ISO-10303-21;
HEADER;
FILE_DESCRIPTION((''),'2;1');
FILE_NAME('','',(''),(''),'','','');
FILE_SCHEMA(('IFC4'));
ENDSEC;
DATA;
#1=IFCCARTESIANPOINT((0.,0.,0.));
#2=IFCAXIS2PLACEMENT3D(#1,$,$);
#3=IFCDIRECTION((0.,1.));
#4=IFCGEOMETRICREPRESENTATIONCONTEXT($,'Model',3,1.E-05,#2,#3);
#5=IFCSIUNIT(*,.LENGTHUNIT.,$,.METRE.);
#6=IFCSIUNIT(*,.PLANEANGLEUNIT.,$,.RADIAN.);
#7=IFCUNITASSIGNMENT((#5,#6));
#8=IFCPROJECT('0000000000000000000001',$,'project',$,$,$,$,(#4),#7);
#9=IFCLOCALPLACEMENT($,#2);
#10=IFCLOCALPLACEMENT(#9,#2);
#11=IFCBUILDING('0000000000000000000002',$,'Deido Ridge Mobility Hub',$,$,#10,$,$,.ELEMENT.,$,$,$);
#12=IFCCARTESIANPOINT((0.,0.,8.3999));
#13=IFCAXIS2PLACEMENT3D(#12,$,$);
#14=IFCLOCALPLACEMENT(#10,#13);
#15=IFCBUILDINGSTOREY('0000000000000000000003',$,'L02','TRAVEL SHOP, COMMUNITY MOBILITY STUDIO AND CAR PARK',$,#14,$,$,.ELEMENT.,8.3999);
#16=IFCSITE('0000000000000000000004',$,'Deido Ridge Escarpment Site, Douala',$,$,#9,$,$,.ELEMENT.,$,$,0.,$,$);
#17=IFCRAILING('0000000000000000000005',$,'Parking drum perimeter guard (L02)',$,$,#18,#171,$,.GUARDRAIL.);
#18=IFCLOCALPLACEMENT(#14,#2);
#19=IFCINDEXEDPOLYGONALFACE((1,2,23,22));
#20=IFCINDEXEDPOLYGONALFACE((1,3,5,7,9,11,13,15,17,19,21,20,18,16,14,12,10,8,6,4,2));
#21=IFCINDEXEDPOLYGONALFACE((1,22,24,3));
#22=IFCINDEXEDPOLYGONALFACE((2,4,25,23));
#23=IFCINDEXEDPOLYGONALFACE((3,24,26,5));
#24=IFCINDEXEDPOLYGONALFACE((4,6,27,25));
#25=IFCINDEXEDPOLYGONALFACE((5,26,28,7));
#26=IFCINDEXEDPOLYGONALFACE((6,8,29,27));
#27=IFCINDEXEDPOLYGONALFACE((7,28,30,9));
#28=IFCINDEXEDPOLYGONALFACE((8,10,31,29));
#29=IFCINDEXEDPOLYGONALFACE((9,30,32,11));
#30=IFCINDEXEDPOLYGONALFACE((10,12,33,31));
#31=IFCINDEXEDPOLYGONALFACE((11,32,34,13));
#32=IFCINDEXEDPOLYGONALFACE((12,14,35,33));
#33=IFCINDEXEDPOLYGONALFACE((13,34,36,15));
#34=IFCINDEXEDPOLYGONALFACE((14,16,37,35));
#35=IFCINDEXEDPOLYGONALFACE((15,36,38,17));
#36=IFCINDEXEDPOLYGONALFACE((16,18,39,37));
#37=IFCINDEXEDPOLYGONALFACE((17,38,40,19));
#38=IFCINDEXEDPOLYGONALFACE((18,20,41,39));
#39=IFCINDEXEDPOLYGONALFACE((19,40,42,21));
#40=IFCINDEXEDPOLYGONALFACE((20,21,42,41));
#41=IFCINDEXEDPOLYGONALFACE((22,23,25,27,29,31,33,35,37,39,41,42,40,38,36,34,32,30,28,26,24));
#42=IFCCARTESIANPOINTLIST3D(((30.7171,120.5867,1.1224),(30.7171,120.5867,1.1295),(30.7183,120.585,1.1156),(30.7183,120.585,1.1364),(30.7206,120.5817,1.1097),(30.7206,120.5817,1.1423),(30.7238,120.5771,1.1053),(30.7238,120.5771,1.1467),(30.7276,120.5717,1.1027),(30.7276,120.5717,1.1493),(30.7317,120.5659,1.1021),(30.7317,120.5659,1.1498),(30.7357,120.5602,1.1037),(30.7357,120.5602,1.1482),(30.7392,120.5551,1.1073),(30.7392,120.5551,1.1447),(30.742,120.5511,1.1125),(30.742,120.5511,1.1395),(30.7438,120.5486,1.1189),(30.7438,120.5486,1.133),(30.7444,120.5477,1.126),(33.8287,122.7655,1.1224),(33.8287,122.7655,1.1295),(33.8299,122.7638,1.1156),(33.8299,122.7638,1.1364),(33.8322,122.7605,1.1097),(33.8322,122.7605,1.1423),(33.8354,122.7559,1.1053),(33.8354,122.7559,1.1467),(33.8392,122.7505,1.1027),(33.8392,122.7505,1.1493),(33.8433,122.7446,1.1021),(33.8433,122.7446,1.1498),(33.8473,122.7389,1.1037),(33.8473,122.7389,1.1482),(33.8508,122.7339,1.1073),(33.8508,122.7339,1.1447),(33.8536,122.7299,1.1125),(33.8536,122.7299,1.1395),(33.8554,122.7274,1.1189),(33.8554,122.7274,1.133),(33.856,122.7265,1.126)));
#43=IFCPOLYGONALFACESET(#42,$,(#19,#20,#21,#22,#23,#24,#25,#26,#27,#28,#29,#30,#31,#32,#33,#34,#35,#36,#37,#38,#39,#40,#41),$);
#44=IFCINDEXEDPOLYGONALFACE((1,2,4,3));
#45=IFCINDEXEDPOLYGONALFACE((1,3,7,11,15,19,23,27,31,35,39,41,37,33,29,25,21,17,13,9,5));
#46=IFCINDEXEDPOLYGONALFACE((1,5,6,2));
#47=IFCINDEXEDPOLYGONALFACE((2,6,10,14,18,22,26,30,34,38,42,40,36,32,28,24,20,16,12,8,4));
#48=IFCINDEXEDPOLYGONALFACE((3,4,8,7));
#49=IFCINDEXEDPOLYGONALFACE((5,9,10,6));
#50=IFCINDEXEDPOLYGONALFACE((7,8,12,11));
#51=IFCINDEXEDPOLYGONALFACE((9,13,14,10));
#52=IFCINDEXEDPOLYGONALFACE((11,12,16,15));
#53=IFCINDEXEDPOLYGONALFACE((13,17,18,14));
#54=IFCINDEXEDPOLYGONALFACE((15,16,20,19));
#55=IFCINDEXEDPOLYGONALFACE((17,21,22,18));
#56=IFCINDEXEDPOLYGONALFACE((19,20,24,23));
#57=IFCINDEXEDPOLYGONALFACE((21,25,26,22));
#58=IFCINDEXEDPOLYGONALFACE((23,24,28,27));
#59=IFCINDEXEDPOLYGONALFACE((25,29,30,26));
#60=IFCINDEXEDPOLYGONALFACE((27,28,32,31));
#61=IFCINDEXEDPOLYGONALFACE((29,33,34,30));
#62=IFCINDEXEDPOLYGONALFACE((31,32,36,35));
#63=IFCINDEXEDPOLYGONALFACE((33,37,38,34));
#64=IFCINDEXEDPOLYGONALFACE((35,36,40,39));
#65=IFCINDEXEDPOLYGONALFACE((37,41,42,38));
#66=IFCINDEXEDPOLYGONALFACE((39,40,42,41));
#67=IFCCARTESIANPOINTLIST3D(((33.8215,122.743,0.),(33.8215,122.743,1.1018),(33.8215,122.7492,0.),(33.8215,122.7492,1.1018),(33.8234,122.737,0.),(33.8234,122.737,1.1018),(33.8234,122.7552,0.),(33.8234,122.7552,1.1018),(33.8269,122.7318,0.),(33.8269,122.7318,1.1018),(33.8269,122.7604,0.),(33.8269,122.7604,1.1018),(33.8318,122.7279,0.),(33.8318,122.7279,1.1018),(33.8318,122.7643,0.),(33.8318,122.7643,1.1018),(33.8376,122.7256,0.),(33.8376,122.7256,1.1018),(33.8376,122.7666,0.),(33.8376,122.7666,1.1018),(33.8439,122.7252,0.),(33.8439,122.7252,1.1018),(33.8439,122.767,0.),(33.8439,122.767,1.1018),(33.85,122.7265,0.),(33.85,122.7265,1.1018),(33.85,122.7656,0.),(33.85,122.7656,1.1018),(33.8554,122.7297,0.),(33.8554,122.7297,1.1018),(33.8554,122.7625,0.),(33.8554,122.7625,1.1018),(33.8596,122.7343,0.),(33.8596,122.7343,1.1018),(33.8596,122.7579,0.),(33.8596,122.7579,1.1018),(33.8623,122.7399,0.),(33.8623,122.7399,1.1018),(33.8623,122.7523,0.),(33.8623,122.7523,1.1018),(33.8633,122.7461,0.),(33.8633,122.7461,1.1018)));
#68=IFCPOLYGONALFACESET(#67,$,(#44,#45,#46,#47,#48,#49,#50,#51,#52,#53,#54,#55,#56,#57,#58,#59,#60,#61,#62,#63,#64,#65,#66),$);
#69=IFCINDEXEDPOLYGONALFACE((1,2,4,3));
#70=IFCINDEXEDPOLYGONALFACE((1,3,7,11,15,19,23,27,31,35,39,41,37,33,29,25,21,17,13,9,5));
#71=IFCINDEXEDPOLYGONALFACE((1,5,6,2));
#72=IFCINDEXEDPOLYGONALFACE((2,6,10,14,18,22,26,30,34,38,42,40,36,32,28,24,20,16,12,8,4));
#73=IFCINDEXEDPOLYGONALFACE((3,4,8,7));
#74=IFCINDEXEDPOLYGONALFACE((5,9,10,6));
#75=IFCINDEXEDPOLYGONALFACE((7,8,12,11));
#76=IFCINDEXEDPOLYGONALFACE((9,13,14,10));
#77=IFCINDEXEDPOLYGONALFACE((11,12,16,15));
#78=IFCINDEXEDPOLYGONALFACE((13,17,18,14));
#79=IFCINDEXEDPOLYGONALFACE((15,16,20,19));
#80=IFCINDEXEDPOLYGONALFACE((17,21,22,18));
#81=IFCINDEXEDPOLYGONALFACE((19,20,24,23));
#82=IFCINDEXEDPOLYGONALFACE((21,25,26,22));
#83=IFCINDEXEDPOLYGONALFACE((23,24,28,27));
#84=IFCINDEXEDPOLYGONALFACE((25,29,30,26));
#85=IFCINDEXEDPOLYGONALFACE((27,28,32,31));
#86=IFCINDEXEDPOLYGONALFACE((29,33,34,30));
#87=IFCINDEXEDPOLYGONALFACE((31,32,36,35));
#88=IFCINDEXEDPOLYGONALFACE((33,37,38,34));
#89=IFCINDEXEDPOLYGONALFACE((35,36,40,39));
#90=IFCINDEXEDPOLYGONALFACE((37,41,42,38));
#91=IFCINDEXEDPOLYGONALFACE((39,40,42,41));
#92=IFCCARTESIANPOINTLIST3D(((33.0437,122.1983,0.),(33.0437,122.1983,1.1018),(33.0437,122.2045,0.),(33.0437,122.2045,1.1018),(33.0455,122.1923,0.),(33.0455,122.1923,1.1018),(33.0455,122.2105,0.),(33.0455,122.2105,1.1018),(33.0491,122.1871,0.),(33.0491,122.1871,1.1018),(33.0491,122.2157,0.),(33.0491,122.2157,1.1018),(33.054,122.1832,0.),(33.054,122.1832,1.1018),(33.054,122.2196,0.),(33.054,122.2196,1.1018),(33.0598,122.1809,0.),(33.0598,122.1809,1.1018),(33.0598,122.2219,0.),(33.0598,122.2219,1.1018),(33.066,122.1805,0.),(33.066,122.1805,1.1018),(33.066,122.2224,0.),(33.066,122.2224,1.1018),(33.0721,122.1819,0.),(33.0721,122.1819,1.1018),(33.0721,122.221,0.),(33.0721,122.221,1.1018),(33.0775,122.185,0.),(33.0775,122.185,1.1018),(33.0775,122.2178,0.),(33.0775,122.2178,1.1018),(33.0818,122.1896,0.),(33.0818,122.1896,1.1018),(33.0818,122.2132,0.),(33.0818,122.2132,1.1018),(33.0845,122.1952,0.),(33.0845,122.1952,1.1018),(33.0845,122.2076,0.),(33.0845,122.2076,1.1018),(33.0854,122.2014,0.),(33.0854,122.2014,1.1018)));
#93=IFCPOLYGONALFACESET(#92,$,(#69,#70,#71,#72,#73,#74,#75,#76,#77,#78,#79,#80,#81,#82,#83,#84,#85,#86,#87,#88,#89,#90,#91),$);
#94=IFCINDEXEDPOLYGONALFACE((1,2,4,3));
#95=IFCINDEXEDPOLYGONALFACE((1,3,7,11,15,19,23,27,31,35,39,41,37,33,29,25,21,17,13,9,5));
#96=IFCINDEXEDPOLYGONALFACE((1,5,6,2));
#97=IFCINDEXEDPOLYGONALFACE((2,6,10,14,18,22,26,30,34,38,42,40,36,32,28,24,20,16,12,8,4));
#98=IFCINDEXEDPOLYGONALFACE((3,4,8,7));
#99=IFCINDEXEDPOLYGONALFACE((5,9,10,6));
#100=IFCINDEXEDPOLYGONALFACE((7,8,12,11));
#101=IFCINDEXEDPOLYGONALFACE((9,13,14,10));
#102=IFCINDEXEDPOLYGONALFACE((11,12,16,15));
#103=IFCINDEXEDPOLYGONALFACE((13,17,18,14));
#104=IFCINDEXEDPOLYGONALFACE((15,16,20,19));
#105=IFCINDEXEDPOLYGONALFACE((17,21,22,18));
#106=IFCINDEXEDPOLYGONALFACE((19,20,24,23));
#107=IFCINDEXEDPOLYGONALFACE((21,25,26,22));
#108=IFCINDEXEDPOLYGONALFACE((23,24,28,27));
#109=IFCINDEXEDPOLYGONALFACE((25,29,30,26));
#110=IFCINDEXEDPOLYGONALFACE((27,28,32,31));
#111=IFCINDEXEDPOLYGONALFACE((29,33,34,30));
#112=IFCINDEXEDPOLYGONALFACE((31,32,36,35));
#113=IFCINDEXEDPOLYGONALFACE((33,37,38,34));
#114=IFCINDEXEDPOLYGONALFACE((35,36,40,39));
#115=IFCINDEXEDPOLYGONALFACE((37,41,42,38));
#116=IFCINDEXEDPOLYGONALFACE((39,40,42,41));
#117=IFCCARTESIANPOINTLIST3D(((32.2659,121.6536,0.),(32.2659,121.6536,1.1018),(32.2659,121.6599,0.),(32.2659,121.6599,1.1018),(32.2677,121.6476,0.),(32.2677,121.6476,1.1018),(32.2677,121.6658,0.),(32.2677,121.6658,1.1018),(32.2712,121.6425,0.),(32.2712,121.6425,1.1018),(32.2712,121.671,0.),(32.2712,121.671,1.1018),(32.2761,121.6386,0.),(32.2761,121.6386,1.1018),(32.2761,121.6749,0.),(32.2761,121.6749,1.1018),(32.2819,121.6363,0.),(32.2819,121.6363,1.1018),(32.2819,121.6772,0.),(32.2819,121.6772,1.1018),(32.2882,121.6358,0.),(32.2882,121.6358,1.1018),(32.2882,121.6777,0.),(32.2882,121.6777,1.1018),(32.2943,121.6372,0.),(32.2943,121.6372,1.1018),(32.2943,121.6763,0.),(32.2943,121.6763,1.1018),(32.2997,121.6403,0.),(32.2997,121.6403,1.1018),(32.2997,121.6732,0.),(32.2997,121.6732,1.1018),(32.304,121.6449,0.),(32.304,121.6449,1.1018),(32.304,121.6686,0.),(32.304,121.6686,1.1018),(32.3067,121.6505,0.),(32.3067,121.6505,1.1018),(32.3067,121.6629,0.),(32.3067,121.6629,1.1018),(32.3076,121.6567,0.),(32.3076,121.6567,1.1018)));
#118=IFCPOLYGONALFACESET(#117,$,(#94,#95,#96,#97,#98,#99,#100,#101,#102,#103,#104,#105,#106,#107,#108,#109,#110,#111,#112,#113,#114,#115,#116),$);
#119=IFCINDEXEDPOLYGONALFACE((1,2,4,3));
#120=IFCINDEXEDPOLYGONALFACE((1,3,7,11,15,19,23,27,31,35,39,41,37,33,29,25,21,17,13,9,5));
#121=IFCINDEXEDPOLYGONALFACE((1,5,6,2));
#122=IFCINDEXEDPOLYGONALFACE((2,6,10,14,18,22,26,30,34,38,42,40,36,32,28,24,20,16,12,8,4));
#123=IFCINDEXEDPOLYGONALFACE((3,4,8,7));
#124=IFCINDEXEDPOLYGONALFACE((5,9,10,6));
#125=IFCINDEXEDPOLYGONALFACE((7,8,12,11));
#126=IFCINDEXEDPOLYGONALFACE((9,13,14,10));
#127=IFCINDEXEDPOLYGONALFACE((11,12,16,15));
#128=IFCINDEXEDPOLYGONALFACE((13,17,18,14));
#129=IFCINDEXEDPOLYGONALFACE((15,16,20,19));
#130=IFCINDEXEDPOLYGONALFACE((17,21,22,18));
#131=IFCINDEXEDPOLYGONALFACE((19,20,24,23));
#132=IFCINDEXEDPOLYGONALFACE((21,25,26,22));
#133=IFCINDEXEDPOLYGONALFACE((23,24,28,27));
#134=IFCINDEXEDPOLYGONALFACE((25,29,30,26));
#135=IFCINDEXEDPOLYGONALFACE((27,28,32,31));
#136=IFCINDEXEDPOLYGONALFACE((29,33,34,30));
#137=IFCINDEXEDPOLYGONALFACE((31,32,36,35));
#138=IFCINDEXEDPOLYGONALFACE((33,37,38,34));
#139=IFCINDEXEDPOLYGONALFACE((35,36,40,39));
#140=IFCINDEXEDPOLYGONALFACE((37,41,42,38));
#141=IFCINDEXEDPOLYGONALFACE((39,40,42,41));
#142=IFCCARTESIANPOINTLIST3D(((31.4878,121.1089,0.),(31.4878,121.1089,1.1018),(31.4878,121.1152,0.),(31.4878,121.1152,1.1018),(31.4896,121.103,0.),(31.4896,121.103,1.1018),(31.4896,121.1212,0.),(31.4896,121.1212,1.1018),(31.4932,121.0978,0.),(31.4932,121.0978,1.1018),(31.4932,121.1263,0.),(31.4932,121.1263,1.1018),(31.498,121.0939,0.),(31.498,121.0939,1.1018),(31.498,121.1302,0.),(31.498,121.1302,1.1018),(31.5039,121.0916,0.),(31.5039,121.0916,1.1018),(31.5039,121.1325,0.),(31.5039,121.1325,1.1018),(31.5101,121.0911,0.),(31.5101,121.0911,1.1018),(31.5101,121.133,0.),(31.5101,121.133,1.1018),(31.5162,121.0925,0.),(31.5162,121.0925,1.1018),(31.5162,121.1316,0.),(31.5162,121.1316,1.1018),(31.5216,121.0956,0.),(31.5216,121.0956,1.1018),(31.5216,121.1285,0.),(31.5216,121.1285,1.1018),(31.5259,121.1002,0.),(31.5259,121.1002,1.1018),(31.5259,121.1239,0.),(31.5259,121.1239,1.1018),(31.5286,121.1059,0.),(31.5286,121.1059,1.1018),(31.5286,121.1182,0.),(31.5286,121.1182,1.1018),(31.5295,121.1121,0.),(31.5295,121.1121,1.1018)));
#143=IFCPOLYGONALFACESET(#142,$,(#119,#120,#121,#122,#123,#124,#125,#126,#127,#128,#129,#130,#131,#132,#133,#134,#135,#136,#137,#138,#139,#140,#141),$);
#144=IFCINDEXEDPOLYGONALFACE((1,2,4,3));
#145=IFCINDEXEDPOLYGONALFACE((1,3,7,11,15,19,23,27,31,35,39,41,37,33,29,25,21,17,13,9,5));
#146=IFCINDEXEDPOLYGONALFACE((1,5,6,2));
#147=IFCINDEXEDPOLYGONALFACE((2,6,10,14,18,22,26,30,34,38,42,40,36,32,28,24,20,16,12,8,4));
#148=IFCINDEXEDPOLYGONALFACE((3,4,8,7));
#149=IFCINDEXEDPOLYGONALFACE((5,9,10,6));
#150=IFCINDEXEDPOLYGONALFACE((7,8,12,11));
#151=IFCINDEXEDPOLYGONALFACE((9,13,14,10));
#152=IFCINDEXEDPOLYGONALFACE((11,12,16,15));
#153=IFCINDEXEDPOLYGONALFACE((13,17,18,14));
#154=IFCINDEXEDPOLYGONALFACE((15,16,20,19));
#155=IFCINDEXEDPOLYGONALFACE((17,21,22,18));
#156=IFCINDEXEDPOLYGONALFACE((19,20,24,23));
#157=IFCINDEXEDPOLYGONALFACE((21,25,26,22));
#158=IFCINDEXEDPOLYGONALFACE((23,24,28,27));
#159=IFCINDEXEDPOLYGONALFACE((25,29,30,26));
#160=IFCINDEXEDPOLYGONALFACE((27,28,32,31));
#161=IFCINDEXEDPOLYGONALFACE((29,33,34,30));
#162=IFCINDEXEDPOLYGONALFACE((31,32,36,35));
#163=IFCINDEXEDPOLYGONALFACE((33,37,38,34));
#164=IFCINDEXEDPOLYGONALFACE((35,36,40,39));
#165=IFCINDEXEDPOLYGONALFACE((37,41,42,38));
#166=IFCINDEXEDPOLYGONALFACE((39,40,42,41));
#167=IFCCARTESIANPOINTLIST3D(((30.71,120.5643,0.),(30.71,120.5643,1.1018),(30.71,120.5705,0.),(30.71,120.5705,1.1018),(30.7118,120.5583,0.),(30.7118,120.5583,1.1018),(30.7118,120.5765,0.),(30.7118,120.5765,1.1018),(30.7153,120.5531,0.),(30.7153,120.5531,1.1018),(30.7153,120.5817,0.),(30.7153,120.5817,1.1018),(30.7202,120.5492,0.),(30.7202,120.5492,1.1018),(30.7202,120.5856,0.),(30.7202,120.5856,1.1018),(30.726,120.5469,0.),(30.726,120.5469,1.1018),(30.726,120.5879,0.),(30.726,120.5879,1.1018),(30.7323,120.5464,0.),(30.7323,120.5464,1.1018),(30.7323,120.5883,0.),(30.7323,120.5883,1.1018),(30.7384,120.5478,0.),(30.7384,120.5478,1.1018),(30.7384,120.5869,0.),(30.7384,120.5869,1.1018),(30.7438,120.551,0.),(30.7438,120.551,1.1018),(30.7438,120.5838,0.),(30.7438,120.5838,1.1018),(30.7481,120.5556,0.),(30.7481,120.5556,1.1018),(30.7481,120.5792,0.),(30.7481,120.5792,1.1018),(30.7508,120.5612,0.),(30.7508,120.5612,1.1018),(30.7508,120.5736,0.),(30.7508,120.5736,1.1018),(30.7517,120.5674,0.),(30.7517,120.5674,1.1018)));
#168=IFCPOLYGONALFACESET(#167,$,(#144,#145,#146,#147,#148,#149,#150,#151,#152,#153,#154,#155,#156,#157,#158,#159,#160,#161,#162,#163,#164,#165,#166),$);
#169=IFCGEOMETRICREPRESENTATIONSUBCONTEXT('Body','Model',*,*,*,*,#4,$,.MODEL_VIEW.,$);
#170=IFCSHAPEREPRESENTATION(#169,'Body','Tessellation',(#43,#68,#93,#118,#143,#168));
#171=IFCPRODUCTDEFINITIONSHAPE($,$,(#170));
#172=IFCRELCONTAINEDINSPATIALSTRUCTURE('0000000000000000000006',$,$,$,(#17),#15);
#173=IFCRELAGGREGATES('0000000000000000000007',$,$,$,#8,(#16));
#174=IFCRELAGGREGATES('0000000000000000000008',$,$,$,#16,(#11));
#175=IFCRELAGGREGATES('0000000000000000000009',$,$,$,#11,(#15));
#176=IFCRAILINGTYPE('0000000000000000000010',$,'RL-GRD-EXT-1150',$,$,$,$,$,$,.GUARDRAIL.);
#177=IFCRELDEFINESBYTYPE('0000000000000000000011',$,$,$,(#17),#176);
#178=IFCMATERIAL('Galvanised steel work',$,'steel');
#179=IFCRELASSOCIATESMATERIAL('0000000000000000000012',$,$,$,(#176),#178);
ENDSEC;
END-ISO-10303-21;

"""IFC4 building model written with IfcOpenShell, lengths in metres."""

from ifc_helpers import new_model, si_unit, direction, frame, origin, origin_2d, place, context, subcontext, project, spatial, circle, extrude, material, type_object, element, save


model = new_model("IFC4")

# Units and contexts
model_context = context("Model", 3, precision=1e-05, world=origin(), true_north=direction((0.0, 1.0)))
body_context = subcontext(model_context, "Body", "Model", "MODEL_VIEW")
ifc_project = project(units=[si_unit("LENGTHUNIT", "METRE"), si_unit("PLANEANGLEUNIT", "RADIAN")], contexts=[model_context])

# Site, building, storey
site_placement = place(None, origin())
site = spatial("IfcSite", under=ifc_project, at=site_placement, Name="Deido Ridge Escarpment Site, Douala", CompositionType="ELEMENT", RefElevation=0.0)
building_placement = place(site_placement, origin())
building = spatial("IfcBuilding", under=site, at=building_placement, Name="Deido Ridge Mobility Hub", CompositionType="ELEMENT")
storey_placement = place(building_placement, frame((0.0, 0.0, 8.3999)))
storey = spatial("IfcBuildingStorey", under=building, at=storey_placement, Name="L02", Description="TRAVEL SHOP, COMMUNITY MOBILITY STUDIO AND CAR PARK", CompositionType="ELEMENT", Elevation=8.3999)

# Railing
ifc_material_1 = material(Name="Galvanised steel work", Category="steel")
railing_type = type_object("IfcRailingType", Name="RL-GRD-EXT-1150", PredefinedType="GUARDRAIL", material=ifc_material_1)
railing_1_placement = place(storey_placement, frame((33.8423, 122.7461, 0.0)))
element("IfcRailing", 1, at=railing_1_placement, inside=storey, type_object=railing_type, Name="Parking drum perimeter guard (L02)", PredefinedType="GUARDRAIL", context=body_context, shape_type="SweptSolid", body=[
    extrude(circle(Radius=0.0239, at=origin_2d()), frame((0.0, 0.0, 1.126), z_axis=(-0.819156, -0.57357, 0.0), x_axis=(0.57357, -0.819156, 0.0)), (0.0, 0.0, 1.0), 3.7986),
    extrude(circle(Radius=0.021, at=origin_2d()), origin(), (0.0, 0.0, 1.0), 1.1018),
    extrude(circle(Radius=0.021, at=origin_2d()), frame((-0.7778, -0.5447, 0.0)), (0.0, 0.0, 1.0), 1.1018),
    extrude(circle(Radius=0.021, at=origin_2d()), frame((-1.5557, -1.0894, 0.0)), (0.0, 0.0, 1.0), 1.1018),
    extrude(circle(Radius=0.021, at=origin_2d()), frame((-2.3337, -1.634, 0.0)), (0.0, 0.0, 1.0), 1.1018),
    extrude(circle(Radius=0.021, at=origin_2d()), frame((-3.1116, -2.1787, 0.0)), (0.0, 0.0, 1.0), 1.1018),
])

save(model, "model.ifc")
